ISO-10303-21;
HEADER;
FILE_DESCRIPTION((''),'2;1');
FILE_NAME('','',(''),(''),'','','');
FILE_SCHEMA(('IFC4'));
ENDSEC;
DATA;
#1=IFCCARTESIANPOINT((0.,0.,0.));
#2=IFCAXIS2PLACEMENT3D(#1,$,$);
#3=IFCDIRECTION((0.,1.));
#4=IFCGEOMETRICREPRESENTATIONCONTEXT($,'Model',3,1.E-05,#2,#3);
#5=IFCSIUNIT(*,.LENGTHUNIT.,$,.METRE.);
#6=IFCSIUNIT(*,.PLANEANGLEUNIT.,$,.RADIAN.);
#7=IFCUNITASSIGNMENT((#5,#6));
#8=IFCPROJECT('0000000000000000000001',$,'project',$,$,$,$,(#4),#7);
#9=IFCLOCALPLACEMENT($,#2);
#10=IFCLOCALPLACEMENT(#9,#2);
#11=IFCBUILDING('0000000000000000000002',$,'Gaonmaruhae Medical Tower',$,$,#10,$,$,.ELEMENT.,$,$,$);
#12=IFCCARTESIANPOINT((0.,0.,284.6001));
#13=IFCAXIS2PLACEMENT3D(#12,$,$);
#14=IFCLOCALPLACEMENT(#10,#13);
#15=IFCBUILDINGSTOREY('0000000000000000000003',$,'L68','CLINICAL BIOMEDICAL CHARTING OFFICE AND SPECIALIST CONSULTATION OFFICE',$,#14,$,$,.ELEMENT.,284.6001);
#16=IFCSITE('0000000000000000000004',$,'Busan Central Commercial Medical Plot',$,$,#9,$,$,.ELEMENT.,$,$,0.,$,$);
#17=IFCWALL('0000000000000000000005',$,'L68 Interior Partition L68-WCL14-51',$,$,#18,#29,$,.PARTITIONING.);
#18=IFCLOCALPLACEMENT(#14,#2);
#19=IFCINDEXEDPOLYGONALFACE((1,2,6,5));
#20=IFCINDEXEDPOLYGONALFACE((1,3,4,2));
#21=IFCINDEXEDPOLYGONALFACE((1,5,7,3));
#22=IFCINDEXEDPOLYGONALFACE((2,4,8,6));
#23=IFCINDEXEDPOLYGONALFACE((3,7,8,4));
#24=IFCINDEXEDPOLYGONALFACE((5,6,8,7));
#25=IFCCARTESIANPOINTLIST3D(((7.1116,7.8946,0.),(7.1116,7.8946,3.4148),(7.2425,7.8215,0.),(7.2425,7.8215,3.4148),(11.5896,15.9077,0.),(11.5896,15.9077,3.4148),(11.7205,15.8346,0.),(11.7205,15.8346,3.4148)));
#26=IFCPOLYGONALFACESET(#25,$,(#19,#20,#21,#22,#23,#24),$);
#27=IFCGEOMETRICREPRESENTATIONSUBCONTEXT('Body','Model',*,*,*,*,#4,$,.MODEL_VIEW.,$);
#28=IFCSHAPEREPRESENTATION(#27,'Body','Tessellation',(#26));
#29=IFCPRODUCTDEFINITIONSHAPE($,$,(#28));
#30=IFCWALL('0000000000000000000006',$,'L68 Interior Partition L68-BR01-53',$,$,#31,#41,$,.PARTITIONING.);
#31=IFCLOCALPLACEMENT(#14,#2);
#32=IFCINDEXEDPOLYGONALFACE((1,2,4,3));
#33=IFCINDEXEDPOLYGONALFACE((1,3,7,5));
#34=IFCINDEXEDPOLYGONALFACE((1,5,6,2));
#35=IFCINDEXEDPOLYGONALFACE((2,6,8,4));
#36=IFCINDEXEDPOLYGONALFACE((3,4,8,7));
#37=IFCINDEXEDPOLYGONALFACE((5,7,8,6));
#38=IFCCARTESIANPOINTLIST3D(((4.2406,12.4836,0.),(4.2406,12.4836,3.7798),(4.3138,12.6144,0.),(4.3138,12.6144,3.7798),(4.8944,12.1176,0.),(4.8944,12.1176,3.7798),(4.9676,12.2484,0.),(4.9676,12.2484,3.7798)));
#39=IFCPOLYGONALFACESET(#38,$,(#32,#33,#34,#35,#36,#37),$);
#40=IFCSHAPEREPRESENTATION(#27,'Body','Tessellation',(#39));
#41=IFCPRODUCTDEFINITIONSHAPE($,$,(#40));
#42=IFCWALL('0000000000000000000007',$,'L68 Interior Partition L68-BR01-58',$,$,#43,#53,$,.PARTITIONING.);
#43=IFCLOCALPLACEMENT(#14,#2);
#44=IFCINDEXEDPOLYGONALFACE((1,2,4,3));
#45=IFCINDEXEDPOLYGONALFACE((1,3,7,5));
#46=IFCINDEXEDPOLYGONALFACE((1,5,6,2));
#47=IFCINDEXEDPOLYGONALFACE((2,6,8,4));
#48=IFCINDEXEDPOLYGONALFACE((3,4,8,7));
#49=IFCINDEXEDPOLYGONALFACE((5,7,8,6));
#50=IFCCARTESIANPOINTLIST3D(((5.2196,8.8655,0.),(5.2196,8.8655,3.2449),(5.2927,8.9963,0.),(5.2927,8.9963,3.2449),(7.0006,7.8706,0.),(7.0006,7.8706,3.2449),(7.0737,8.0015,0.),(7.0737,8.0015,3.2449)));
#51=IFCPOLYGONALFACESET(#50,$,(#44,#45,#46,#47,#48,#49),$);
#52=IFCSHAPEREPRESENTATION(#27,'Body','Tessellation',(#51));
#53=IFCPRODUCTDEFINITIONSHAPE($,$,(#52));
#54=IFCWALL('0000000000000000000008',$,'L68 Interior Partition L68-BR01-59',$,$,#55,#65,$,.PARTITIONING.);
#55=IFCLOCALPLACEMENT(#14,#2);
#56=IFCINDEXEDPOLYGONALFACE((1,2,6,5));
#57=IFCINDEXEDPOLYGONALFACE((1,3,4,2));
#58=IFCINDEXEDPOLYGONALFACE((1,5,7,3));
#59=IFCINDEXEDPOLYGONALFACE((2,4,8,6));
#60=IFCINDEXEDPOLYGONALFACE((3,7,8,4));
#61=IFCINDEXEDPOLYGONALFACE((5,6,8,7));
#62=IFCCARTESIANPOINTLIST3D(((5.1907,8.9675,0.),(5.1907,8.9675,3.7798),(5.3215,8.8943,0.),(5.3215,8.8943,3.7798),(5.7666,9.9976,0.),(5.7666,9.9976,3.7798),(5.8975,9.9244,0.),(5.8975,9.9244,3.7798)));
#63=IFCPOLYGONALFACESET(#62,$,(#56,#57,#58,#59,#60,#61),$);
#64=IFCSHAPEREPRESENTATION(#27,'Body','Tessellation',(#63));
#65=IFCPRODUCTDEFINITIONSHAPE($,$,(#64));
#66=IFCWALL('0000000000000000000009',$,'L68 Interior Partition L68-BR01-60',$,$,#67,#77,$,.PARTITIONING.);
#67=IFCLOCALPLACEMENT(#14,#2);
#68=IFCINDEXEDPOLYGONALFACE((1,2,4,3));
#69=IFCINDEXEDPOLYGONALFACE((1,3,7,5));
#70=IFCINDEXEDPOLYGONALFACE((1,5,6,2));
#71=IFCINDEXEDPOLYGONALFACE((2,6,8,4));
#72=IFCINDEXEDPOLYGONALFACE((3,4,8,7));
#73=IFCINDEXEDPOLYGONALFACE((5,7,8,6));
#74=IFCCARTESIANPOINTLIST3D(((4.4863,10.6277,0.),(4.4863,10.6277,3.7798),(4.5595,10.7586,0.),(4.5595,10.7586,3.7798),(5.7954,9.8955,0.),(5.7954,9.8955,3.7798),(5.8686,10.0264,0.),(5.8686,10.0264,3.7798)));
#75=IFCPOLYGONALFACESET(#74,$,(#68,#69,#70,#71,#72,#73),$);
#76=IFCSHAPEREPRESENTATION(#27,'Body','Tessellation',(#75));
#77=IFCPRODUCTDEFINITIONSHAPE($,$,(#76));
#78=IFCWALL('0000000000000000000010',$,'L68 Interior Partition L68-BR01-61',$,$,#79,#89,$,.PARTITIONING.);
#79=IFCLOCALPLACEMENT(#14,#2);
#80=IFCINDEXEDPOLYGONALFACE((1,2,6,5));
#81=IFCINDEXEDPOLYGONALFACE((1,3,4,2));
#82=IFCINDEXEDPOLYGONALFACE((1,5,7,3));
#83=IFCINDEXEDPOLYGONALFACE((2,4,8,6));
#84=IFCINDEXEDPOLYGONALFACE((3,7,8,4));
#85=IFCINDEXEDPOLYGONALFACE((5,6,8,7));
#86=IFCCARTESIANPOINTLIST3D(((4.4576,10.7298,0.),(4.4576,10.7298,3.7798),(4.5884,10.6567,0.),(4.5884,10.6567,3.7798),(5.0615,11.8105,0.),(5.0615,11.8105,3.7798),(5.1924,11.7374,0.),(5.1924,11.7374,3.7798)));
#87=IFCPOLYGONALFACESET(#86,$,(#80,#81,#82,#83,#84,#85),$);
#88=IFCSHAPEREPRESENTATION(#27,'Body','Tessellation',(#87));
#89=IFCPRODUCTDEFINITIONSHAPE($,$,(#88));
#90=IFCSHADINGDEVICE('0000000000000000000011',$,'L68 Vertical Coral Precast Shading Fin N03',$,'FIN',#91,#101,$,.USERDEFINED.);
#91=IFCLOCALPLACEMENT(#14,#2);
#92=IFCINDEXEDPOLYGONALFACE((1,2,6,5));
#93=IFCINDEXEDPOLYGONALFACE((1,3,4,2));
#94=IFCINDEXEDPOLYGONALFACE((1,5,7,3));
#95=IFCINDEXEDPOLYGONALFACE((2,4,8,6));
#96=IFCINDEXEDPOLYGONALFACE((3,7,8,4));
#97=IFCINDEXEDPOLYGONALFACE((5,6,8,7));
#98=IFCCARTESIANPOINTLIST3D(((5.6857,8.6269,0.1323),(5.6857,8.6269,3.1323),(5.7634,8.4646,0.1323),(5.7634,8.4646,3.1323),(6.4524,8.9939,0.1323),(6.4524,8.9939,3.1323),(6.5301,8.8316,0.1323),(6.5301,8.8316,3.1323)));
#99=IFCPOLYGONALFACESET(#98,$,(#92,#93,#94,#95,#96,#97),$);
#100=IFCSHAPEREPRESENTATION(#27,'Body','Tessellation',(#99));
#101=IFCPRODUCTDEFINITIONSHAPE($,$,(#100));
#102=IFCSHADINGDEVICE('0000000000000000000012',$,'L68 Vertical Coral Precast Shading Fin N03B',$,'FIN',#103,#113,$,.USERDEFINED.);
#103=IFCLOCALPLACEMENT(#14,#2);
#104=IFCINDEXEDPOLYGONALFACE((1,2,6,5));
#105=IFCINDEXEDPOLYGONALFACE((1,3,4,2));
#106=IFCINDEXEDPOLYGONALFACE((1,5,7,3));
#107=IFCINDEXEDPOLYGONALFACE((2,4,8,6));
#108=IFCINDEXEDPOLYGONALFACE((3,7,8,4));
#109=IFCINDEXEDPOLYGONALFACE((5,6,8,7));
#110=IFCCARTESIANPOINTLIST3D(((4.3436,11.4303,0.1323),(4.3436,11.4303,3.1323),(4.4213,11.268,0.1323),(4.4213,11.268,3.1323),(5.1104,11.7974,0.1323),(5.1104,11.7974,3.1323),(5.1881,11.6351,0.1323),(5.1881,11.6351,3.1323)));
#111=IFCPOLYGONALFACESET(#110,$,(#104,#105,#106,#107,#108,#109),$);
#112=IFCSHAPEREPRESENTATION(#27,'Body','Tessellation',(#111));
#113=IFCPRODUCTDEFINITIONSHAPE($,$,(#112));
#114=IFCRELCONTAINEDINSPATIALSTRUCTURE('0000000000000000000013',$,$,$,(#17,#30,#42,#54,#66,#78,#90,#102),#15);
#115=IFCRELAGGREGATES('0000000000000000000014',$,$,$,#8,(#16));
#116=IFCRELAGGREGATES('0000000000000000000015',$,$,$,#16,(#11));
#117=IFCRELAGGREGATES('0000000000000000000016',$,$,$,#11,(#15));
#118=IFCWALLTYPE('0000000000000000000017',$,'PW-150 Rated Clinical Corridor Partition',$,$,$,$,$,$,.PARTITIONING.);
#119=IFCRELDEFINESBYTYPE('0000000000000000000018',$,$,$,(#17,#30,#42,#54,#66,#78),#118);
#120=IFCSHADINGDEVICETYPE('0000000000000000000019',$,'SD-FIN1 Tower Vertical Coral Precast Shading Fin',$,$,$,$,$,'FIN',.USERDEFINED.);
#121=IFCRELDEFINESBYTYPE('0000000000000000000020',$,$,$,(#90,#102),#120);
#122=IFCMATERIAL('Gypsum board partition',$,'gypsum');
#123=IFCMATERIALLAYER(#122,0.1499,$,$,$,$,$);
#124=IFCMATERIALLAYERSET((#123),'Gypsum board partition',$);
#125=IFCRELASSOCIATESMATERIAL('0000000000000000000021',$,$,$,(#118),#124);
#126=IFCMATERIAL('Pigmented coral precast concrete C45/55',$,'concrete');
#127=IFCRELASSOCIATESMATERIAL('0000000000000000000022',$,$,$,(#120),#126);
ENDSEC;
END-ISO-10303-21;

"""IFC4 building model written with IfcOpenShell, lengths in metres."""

from ifc_helpers import new_model, si_unit, direction, frame, frame_2d, origin, origin_2d, place, context, subcontext, project, spatial, rectangle, extrude, material, layer, layer_set, type_object, element, save


model = new_model("IFC4")

# Units and contexts
model_context = context("Model", 3, precision=1e-05, world=origin(), true_north=direction((0.0, 1.0)))
body_context = subcontext(model_context, "Body", "Model", "MODEL_VIEW")
ifc_project = project(units=[si_unit("LENGTHUNIT", "METRE"), si_unit("PLANEANGLEUNIT", "RADIAN")], contexts=[model_context])

# Site, building, storey
site_placement = place(None, origin())
site = spatial("IfcSite", under=ifc_project, at=site_placement, Name="Busan Central Commercial Medical Plot", CompositionType="ELEMENT", RefElevation=0.0)
building_placement = place(site_placement, origin())
building = spatial("IfcBuilding", under=site, at=building_placement, Name="Gaonmaruhae Medical Tower", CompositionType="ELEMENT")
storey_placement = place(building_placement, frame((0.0, 0.0, 284.6001)))
storey = spatial("IfcBuildingStorey", under=building, at=storey_placement, Name="L68", Description="CLINICAL BIOMEDICAL CHARTING OFFICE AND SPECIALIST CONSULTATION OFFICE", CompositionType="ELEMENT", Elevation=284.6001)

# Walls
ifc_material_1 = material(Name="Gypsum board partition", Category="gypsum")
ifc_layer_1 = layer(ifc_material_1, 0.1499)
ifc_layer_set_1 = layer_set([ifc_layer_1], Name="Gypsum board partition")
wall_type_1 = type_object("IfcWallType", Name="PW-150 Rated Clinical Corridor Partition", PredefinedType="PARTITIONING", material=ifc_layer_set_1)
wall_1_placement = place(storey_placement, frame((7.177, 7.8579, 0.0), z_axis=(0.0, 0.0, 1.0), x_axis=(0.487827, 0.87294, 0.0)))
element("IfcWall", 1, at=wall_1_placement, inside=storey, type_object=wall_type_1, Name="L68 Interior Partition L68-WCL14-51", PredefinedType="PARTITIONING", context=body_context, shape_type="SweptSolid", body=[
    extrude(rectangle(XDim=9.1794, YDim=0.1499, at=frame_2d((4.5898, 0.0))), origin(), (0.0, 0.0, 1.0), 3.4148),
])
wall_2_placement = place(storey_placement, frame((4.9309, 12.1831, 0.0), z_axis=(0.0, 0.0, 1.0), x_axis=(-0.8726, 0.488435, 0.0)))
element("IfcWall", 2, at=wall_2_placement, inside=storey, type_object=wall_type_1, Name="L68 Interior Partition L68-BR01-53", PredefinedType="PARTITIONING", context=body_context, shape_type="SweptSolid", body=[
    extrude(rectangle(XDim=0.7493, YDim=0.1499, at=frame_2d((0.3745, 0.0))), origin(), (0.0, 0.0, 1.0), 3.7798),
])
wall_3_placement = place(storey_placement, frame((7.0371, 7.936, 0.0), z_axis=(0.0, 0.0, 1.0), x_axis=(-0.873026, 0.487674, 0.0)))
element("IfcWall", 3, at=wall_3_placement, inside=storey, type_object=wall_type_1, Name="L68 Interior Partition L68-BR01-58", PredefinedType="PARTITIONING", context=body_context, shape_type="SweptSolid", body=[
    extrude(rectangle(XDim=2.04, YDim=0.1499, at=frame_2d((1.02, 0.0))), origin(), (0.0, 0.0, 1.0), 3.2449),
])
wall_4_placement = place(storey_placement, frame((5.2561, 8.9309, 0.0), z_axis=(0.0, 0.0, 1.0), x_axis=(0.48803, 0.872827, 0.0)))
element("IfcWall", 4, at=wall_4_placement, inside=storey, type_object=wall_type_1, Name="L68 Interior Partition L68-BR01-59", PredefinedType="PARTITIONING", context=body_context, shape_type="SweptSolid", body=[
    extrude(rectangle(XDim=1.1802, YDim=0.1499, at=frame_2d((0.5901, 0.0))), origin(), (0.0, 0.0, 1.0), 3.7798),
])
wall_5_placement = place(storey_placement, frame((5.832, 9.9609, 0.0), z_axis=(0.0, 0.0, 1.0), x_axis=(-0.872764, 0.488142, 0.0)))
element("IfcWall", 5, at=wall_5_placement, inside=storey, type_object=wall_type_1, Name="L68 Interior Partition L68-BR01-60", PredefinedType="PARTITIONING", context=body_context, shape_type="SweptSolid", body=[
    extrude(rectangle(XDim=1.5, YDim=0.1499, at=frame_2d((0.75, 0.0))), origin(), (0.0, 0.0, 1.0), 3.7798),
])
wall_6_placement = place(storey_placement, frame((4.5229, 10.6931, 0.0), z_axis=(0.0, 0.0, 1.0), x_axis=(0.487835, 0.872936, 0.0)))
element("IfcWall", 6, at=wall_6_placement, inside=storey, type_object=wall_type_1, Name="L68 Interior Partition L68-BR01-61", PredefinedType="PARTITIONING", context=body_context, shape_type="SweptSolid", body=[
    extrude(rectangle(XDim=1.238, YDim=0.1499, at=frame_2d((0.6191, 0.0))), origin(), (0.0, 0.0, 1.0), 3.7798),
])

# Shading devices
ifc_material_2 = material(Name="Pigmented coral precast concrete C45/55", Category="concrete")
shading_device_type = type_object("IfcShadingDeviceType", Name="SD-FIN1 Tower Vertical Coral Precast Shading Fin", ElementType="FIN", PredefinedType="USERDEFINED", material=ifc_material_2)
for number, where, z_axis, x_axis, name in (
    (7, (6.1079, 8.7292, 0.1323), (0.0, 0.0, 1.0), (-0.431802, 0.901968, 0.0), "L68 Vertical Coral Precast Shading Fin N03"),
    (8, (4.7659, 11.5327, 0.1323), (0.0, 0.0, 1.0), (-0.431802, 0.901968, 0.0), "L68 Vertical Coral Precast Shading Fin N03B"),
):
    element("IfcShadingDevice", number, at=place(storey_placement, frame(where, z_axis=z_axis, x_axis=x_axis)), inside=storey, type_object=shading_device_type, Name=name, ObjectType="FIN", PredefinedType="USERDEFINED", context=body_context, shape_type="SweptSolid", body=[
        extrude(rectangle(XDim=0.1799, YDim=0.8501, at=origin_2d()), origin(), (0.0, 0.0, 1.0), 3.0),
    ])

save(model, "model.ifc")
